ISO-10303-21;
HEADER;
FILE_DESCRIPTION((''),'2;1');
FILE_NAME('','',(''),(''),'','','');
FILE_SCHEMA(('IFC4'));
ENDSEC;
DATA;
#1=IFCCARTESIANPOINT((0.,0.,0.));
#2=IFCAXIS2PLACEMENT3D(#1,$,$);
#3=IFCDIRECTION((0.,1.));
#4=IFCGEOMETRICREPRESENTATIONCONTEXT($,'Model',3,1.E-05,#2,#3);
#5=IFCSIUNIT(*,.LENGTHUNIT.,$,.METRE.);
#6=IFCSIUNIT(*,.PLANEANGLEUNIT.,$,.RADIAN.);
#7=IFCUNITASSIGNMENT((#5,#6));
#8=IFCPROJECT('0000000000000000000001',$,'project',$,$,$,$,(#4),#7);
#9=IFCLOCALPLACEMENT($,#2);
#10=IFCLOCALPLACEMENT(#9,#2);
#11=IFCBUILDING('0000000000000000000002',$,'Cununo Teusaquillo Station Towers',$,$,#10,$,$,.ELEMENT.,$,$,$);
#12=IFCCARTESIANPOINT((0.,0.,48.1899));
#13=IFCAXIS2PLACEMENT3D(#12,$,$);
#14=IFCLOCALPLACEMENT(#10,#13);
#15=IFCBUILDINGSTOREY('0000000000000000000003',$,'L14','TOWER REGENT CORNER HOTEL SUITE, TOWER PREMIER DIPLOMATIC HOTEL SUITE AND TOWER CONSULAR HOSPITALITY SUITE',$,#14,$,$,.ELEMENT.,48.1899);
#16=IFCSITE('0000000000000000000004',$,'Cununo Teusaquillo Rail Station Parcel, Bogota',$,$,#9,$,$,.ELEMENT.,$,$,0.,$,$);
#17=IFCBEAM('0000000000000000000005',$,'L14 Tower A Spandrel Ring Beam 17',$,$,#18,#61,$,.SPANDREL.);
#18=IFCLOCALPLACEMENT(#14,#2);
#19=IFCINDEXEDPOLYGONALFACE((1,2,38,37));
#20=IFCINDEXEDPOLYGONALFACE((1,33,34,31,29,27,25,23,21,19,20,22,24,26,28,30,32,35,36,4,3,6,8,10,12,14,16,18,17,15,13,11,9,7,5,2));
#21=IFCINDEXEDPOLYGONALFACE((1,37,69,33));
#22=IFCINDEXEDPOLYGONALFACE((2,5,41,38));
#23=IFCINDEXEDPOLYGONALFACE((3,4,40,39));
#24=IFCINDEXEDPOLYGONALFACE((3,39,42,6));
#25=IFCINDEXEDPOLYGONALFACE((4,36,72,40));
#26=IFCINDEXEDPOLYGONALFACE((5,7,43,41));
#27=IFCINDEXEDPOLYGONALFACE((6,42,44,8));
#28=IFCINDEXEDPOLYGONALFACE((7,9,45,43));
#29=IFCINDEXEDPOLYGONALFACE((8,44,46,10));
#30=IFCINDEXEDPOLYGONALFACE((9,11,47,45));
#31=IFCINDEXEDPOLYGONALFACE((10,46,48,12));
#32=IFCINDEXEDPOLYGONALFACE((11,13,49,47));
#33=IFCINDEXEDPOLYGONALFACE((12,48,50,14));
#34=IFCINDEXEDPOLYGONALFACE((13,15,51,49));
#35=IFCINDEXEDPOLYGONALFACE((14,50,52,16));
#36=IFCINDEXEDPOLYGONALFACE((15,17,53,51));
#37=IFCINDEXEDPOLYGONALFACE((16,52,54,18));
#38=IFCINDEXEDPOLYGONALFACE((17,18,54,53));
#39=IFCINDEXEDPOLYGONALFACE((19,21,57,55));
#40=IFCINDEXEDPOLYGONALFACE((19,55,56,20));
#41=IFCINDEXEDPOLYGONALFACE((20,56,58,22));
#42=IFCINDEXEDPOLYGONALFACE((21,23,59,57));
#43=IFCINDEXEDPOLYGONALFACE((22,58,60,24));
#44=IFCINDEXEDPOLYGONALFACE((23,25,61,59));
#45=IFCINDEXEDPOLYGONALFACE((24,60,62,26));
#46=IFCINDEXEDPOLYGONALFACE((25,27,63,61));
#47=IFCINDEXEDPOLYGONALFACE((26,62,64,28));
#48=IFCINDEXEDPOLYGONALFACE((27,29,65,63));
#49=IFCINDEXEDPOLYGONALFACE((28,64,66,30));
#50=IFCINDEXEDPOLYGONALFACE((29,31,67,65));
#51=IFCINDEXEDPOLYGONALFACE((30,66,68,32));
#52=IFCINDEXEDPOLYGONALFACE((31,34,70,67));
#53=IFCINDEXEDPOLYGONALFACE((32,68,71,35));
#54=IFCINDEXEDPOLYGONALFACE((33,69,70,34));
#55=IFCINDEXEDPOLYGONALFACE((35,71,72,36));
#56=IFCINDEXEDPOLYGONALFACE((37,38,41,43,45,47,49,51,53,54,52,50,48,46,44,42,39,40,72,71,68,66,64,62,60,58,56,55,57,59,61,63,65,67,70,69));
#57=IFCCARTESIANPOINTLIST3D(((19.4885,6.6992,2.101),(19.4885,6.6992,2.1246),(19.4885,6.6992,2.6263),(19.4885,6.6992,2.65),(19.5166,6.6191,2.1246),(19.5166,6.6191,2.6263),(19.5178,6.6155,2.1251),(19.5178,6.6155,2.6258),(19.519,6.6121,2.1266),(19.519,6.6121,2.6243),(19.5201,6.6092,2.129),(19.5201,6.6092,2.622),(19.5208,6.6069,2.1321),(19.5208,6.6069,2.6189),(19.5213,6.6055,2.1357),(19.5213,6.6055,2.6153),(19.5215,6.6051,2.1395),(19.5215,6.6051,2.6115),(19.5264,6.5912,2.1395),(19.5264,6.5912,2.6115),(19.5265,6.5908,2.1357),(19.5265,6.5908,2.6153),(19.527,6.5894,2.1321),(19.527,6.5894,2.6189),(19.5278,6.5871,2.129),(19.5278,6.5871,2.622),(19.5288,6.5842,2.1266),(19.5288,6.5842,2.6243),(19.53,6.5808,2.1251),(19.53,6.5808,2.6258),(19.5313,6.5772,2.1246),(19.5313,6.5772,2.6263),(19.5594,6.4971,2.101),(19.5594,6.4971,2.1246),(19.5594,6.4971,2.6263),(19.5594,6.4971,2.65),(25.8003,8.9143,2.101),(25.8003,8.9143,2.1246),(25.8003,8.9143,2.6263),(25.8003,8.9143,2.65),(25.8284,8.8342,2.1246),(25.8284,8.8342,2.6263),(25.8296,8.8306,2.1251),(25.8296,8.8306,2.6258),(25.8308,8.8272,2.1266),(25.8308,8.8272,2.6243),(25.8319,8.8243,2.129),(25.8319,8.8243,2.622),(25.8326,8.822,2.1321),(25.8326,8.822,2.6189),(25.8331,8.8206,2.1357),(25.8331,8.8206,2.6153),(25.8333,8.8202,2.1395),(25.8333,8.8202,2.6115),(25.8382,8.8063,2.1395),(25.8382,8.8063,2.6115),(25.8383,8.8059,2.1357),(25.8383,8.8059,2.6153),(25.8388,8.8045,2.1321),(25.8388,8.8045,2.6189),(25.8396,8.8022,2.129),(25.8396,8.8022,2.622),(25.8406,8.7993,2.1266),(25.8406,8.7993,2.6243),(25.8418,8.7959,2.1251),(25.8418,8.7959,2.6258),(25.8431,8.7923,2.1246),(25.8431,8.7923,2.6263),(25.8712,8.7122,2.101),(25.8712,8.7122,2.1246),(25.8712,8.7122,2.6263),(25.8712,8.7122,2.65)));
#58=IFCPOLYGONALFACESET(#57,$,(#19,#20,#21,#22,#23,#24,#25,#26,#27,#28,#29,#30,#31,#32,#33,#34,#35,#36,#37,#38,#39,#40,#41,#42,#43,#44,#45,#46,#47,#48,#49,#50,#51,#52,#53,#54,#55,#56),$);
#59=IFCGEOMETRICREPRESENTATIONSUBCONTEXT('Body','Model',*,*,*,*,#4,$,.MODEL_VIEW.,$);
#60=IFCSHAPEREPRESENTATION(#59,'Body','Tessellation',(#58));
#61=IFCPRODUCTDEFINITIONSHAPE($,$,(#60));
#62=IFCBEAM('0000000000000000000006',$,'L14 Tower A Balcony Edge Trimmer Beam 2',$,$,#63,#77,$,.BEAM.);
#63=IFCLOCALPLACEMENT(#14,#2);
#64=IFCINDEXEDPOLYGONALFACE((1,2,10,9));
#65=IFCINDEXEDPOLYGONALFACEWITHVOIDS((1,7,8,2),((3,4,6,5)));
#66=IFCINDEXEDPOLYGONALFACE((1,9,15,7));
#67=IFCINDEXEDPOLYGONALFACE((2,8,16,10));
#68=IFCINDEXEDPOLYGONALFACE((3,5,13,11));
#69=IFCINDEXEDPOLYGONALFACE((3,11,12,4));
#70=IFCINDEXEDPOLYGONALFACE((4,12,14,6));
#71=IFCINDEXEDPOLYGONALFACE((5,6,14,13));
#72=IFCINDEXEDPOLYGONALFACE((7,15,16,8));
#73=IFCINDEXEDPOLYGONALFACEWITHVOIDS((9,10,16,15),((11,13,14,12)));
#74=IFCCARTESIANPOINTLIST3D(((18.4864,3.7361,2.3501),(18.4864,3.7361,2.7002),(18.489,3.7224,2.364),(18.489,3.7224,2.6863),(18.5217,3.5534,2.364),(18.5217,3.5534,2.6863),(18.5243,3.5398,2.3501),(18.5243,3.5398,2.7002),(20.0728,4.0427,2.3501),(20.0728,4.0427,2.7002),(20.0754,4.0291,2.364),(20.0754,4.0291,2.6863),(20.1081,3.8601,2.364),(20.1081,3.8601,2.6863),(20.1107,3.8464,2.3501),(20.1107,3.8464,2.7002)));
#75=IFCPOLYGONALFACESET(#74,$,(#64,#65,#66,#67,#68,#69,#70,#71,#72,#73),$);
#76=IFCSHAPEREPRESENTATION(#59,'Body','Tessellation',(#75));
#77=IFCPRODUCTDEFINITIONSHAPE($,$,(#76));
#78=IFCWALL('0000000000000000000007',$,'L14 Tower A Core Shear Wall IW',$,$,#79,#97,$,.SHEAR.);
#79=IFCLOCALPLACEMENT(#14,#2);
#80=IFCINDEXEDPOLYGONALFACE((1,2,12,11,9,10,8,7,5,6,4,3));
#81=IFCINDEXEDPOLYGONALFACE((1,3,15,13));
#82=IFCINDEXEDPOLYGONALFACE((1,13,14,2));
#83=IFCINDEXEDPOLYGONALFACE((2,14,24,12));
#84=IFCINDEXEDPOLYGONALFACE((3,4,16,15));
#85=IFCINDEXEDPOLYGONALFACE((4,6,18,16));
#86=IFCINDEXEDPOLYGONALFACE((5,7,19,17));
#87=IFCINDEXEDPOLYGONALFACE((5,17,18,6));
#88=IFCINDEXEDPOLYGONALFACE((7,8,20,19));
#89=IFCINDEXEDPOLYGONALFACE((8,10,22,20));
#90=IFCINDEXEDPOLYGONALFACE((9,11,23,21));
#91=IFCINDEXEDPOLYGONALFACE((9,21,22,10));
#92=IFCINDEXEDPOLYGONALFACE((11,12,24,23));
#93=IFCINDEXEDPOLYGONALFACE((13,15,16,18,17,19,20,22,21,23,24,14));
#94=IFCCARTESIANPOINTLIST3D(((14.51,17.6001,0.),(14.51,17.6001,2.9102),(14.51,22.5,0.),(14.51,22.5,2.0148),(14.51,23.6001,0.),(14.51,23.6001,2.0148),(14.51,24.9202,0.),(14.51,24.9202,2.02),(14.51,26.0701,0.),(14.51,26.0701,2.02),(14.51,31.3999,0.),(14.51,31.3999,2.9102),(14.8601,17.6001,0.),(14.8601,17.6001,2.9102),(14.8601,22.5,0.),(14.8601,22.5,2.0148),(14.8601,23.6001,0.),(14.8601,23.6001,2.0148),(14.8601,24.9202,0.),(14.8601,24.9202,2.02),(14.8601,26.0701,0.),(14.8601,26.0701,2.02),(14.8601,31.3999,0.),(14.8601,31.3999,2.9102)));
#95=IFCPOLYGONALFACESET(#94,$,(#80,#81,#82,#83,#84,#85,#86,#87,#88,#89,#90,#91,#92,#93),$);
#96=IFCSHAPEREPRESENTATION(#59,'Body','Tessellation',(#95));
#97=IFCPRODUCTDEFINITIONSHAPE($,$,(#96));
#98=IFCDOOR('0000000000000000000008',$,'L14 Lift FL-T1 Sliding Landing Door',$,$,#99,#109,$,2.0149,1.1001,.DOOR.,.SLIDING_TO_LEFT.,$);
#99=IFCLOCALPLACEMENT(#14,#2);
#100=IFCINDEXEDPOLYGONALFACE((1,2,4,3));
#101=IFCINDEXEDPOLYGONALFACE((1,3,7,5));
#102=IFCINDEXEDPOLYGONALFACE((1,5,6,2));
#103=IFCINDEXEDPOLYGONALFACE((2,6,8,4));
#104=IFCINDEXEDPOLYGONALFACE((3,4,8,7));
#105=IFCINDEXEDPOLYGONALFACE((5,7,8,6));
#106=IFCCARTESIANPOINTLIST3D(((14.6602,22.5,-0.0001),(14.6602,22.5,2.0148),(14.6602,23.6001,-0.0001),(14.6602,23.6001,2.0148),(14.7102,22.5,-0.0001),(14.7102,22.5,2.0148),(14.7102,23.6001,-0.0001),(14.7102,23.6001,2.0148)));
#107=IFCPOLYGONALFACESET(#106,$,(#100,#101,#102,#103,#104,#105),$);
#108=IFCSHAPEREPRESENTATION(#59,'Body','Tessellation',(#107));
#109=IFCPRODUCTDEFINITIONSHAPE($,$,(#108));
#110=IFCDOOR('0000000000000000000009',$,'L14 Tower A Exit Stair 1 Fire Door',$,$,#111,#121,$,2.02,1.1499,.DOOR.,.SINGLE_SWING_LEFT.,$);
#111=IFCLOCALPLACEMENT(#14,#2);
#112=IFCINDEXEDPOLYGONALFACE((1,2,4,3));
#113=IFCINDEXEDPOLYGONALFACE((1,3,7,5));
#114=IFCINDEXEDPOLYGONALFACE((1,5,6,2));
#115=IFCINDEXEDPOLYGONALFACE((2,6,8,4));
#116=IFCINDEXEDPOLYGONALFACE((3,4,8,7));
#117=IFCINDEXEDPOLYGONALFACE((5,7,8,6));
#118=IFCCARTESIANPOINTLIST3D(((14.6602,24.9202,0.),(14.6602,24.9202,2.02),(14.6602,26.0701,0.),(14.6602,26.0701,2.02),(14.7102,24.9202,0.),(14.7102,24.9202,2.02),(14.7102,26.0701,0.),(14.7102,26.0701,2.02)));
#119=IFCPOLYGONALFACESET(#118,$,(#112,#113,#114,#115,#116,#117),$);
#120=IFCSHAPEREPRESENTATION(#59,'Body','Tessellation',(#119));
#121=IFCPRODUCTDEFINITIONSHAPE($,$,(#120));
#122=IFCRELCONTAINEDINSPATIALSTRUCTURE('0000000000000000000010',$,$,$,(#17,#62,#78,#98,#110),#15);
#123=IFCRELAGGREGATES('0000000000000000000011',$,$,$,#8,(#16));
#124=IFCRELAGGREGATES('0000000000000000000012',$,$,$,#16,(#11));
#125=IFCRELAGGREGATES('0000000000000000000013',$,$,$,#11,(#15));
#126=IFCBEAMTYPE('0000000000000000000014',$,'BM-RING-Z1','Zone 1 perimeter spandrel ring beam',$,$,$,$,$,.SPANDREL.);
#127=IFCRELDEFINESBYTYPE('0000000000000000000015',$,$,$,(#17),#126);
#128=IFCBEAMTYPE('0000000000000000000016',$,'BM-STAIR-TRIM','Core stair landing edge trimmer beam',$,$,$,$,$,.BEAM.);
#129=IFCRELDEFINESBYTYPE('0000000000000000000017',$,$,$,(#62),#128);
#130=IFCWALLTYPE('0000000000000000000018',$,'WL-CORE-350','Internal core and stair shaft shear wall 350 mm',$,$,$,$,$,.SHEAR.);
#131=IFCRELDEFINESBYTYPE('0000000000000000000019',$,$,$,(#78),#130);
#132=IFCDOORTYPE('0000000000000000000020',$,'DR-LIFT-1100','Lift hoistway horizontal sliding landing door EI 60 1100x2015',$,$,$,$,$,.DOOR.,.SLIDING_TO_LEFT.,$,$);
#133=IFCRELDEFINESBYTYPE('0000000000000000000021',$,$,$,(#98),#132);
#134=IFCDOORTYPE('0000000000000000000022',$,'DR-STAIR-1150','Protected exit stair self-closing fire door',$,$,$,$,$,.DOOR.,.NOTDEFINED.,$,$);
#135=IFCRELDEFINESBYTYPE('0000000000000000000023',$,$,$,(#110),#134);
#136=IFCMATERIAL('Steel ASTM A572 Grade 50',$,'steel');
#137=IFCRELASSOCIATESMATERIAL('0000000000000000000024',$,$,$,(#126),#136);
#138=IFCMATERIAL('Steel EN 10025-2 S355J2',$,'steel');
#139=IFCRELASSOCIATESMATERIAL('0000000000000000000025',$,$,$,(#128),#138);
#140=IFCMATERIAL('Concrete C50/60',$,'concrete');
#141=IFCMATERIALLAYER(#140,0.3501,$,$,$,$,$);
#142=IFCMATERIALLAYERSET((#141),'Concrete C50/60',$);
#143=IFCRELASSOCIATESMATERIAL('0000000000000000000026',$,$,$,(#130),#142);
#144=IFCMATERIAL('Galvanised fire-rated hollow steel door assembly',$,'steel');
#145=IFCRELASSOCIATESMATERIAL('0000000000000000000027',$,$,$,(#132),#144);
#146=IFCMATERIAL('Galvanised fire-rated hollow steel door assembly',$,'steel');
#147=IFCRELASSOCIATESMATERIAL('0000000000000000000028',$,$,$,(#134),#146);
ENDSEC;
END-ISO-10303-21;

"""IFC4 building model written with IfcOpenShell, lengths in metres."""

from ifc_helpers import new_model, si_unit, direction, frame, frame_2d, origin, origin_2d, place, context, subcontext, project, spatial, rectangle, hollow_rectangle, i_section, extrude, source, transform, mapped, material, layer, layer_set, material_profile, profile_set, type_object, element, fill, save


model = new_model("IFC4")

# Units and contexts
model_context = context("Model", 3, precision=1e-05, world=origin(), true_north=direction((0.0, 1.0)))
body_context = subcontext(model_context, "Body", "Model", "MODEL_VIEW")
ifc_project = project(units=[si_unit("LENGTHUNIT", "METRE"), si_unit("PLANEANGLEUNIT", "RADIAN")], contexts=[model_context])

# Site, building, storey
site_placement = place(None, origin())
site = spatial("IfcSite", under=ifc_project, at=site_placement, Name="Cununo Teusaquillo Rail Station Parcel, Bogota", CompositionType="ELEMENT", RefElevation=0.0)
building_placement = place(site_placement, origin())
building = spatial("IfcBuilding", under=site, at=building_placement, Name="Cununo Teusaquillo Station Towers", CompositionType="ELEMENT")
storey_placement = place(building_placement, frame((0.0, 0.0, 48.1899)))
storey = spatial("IfcBuildingStorey", under=building, at=storey_placement, Name="L14", Description="TOWER REGENT CORNER HOTEL SUITE, TOWER PREMIER DIPLOMATIC HOTEL SUITE AND TOWER CONSULAR HOSPITALITY SUITE", CompositionType="ELEMENT", Elevation=48.1899)

# Beams
ifc_material_1 = material(Name="Steel ASTM A572 Grade 50", Category="steel")
ifc_material_profile_1 = material_profile(ifc_material_1, i_section(OverallWidth=0.2141, OverallDepth=0.5491, WebThickness=0.0146, FlangeThickness=0.0237, FilletRadius=0.0149, at=origin_2d()), Name="W21X93")
ifc_profile_set_1 = profile_set([ifc_material_profile_1], Name="Steel ASTM A572 Grade 50")
beam_type_1 = type_object("IfcBeamType", Name="BM-RING-Z1", Description="Zone 1 perimeter spandrel ring beam", PredefinedType="SPANDREL", material=ifc_profile_set_1)
beam_1_placement = place(storey_placement, frame((19.5239, 6.5981, 2.3755), z_axis=(0.94358, 0.331145, 0.0), x_axis=(-0.331145, 0.94358, 0.0)))
element("IfcBeam", 1, at=beam_1_placement, inside=storey, type_object=beam_type_1, Name="L14 Tower A Spandrel Ring Beam 17", PredefinedType="SPANDREL", context=body_context, shape_type="SweptSolid", body=[
    extrude(i_section(OverallWidth=0.2141, OverallDepth=0.5491, WebThickness=0.0146, FlangeThickness=0.0237, FilletRadius=0.0149, at=origin_2d()), origin(), (0.0, 0.0, 1.0), 6.6892),
])
ifc_material_2 = material(Name="Steel EN 10025-2 S355J2", Category="steel")
ifc_material_profile_2 = material_profile(ifc_material_2, hollow_rectangle(XDim=0.2, YDim=0.3501, WallThickness=0.0139, at=origin_2d()), Name="RHS 350x200x14")
ifc_profile_set_2 = profile_set([ifc_material_profile_2], Name="Steel EN 10025-2 S355J2")
beam_type_2 = type_object("IfcBeamType", Name="BM-STAIR-TRIM", Description="Core stair landing edge trimmer beam", PredefinedType="BEAM", material=ifc_profile_set_2)
beam_2_placement = place(storey_placement, frame((18.5054, 3.6379, 2.5251), z_axis=(0.981827, 0.189778, 0.0), x_axis=(-0.189778, 0.981827, 0.0)))
element("IfcBeam", 2, at=beam_2_placement, inside=storey, type_object=beam_type_2, Name="L14 Tower A Balcony Edge Trimmer Beam 2", PredefinedType="BEAM", context=body_context, shape_type="SweptSolid", body=[
    extrude(hollow_rectangle(XDim=0.2, YDim=0.3501, WallThickness=0.0139, at=origin_2d()), origin(), (0.0, 0.0, 1.0), 1.6157),
])

# Wall, openings, doors
ifc_material_3 = material(Name="Concrete C50/60", Category="concrete")
ifc_layer_1 = layer(ifc_material_3, 0.3501)
ifc_layer_set_1 = layer_set([ifc_layer_1], Name="Concrete C50/60")
wall_type_1 = type_object("IfcWallType", Name="WL-CORE-350", Description="Internal core and stair shaft shear wall 350 mm", PredefinedType="SHEAR", material=ifc_layer_set_1)
wall_1_placement = place(storey_placement, frame((14.6851, 17.6001, 0.0), z_axis=(0.0, 0.0, 1.0), x_axis=(0.0, 1.0, 0.0)))
wall_1 = element("IfcWall", 3, at=wall_1_placement, inside=storey, type_object=wall_type_1, Name="L14 Tower A Core Shear Wall IW", PredefinedType="SHEAR", context=body_context, shape_type="SweptSolid", body=[
    extrude(rectangle(XDim=13.7998, YDim=0.3501, at=frame_2d((6.8999, 0.0))), origin(), (0.0, 0.0, 1.0), 2.9102),
])
shared_shape_1 = source(origin(), body_context, "Body", "SweptSolid", [
    extrude(rectangle(XDim=1.1001, YDim=2.0149, at=frame_2d((0.55, 1.0073))), frame((0.0, 0.1851, 0.0), z_axis=(0.0, -1.0, 0.0), x_axis=(1.0, 0.0, 0.0)), (0.0, 0.0, 1.0), 0.3701),
])
opening_1_placement = place(wall_1_placement, frame((4.8999, 0.0, 0.0)))
opening_1 = element("IfcOpeningElement", 4, at=opening_1_placement, cuts=wall_1, PredefinedType="OPENING", context=body_context, shape_type="MappedRepresentation", body=[
    mapped(shared_shape_1, transform((0.0, 0.0, 0.0), x_axis=(1.0, 0.0, 0.0), y_axis=(0.0, 1.0, 0.0), z_axis=(0.0, 0.0, 1.0), scale=1.0)),
])
shared_shape_2 = source(origin(), body_context, "Body", "SweptSolid", [
    extrude(rectangle(XDim=1.1499, YDim=2.02, at=frame_2d((0.575, 1.01))), frame((0.0, 0.1851, 0.0), z_axis=(0.0, -1.0, 0.0), x_axis=(1.0, 0.0, 0.0)), (0.0, 0.0, 1.0), 0.3701),
])
opening_2_placement = place(wall_1_placement, frame((7.3201, 0.0, 0.0)))
opening_2 = element("IfcOpeningElement", 5, at=opening_2_placement, cuts=wall_1, PredefinedType="OPENING", context=body_context, shape_type="MappedRepresentation", body=[
    mapped(shared_shape_2, transform((0.0, 0.0, 0.0), x_axis=(1.0, 0.0, 0.0), y_axis=(0.0, 1.0, 0.0), z_axis=(0.0, 0.0, 1.0), scale=1.0)),
])
ifc_material_4 = material(Name="Galvanised fire-rated hollow steel door assembly", Category="steel")
door_type_1 = type_object("IfcDoorType", Name="DR-LIFT-1100", Description="Lift hoistway horizontal sliding landing door EI 60 1100x2015", OperationType="SLIDING_TO_LEFT", PredefinedType="DOOR", material=ifc_material_4)
shared_shape_3 = source(origin(), body_context, "Body", "SweptSolid", [
    extrude(rectangle(XDim=1.1001, YDim=2.0149, at=frame_2d((0.55, 1.0073))), frame((0.0, 0.0249, 0.0), z_axis=(0.0, -1.0, 0.0), x_axis=(1.0, 0.0, 0.0)), (0.0, 0.0, 1.0), 0.05),
])
door_1_placement = place(opening_1_placement, origin())
door_1 = element("IfcDoor", 6, at=door_1_placement, inside=storey, type_object=door_type_1, Name="L14 Lift FL-T1 Sliding Landing Door", OperationType="SLIDING_TO_LEFT", OverallHeight=2.0149, OverallWidth=1.1001, PredefinedType="DOOR", context=body_context, shape_type="MappedRepresentation", body=[
    mapped(shared_shape_3, transform((0.0, 0.0, 0.0), x_axis=(1.0, 0.0, 0.0), y_axis=(0.0, 1.0, 0.0), z_axis=(0.0, 0.0, 1.0), scale=1.0)),
])
fill(opening_1, door_1)
ifc_material_5 = material(Name="Galvanised fire-rated hollow steel door assembly", Category="steel")
door_type_2 = type_object("IfcDoorType", Name="DR-STAIR-1150", Description="Protected exit stair self-closing fire door", OperationType="NOTDEFINED", PredefinedType="DOOR", material=ifc_material_5)
shared_shape_4 = source(origin(), body_context, "Body", "SweptSolid", [
    extrude(rectangle(XDim=1.1499, YDim=2.02, at=frame_2d((0.575, 1.01))), frame((0.0, 0.0249, 0.0), z_axis=(0.0, -1.0, 0.0), x_axis=(1.0, 0.0, 0.0)), (0.0, 0.0, 1.0), 0.05),
])
door_2_placement = place(opening_2_placement, origin())
door_2 = element("IfcDoor", 7, at=door_2_placement, inside=storey, type_object=door_type_2, Name="L14 Tower A Exit Stair 1 Fire Door", OperationType="SINGLE_SWING_LEFT", OverallHeight=2.02, OverallWidth=1.1499, PredefinedType="DOOR", context=body_context, shape_type="MappedRepresentation", body=[
    mapped(shared_shape_4, transform((0.0, 0.0, 0.0), x_axis=(1.0, 0.0, 0.0), y_axis=(0.0, 1.0, 0.0), z_axis=(0.0, 0.0, 1.0), scale=1.0)),
])
fill(opening_2, door_2)

save(model, "model.ifc")
